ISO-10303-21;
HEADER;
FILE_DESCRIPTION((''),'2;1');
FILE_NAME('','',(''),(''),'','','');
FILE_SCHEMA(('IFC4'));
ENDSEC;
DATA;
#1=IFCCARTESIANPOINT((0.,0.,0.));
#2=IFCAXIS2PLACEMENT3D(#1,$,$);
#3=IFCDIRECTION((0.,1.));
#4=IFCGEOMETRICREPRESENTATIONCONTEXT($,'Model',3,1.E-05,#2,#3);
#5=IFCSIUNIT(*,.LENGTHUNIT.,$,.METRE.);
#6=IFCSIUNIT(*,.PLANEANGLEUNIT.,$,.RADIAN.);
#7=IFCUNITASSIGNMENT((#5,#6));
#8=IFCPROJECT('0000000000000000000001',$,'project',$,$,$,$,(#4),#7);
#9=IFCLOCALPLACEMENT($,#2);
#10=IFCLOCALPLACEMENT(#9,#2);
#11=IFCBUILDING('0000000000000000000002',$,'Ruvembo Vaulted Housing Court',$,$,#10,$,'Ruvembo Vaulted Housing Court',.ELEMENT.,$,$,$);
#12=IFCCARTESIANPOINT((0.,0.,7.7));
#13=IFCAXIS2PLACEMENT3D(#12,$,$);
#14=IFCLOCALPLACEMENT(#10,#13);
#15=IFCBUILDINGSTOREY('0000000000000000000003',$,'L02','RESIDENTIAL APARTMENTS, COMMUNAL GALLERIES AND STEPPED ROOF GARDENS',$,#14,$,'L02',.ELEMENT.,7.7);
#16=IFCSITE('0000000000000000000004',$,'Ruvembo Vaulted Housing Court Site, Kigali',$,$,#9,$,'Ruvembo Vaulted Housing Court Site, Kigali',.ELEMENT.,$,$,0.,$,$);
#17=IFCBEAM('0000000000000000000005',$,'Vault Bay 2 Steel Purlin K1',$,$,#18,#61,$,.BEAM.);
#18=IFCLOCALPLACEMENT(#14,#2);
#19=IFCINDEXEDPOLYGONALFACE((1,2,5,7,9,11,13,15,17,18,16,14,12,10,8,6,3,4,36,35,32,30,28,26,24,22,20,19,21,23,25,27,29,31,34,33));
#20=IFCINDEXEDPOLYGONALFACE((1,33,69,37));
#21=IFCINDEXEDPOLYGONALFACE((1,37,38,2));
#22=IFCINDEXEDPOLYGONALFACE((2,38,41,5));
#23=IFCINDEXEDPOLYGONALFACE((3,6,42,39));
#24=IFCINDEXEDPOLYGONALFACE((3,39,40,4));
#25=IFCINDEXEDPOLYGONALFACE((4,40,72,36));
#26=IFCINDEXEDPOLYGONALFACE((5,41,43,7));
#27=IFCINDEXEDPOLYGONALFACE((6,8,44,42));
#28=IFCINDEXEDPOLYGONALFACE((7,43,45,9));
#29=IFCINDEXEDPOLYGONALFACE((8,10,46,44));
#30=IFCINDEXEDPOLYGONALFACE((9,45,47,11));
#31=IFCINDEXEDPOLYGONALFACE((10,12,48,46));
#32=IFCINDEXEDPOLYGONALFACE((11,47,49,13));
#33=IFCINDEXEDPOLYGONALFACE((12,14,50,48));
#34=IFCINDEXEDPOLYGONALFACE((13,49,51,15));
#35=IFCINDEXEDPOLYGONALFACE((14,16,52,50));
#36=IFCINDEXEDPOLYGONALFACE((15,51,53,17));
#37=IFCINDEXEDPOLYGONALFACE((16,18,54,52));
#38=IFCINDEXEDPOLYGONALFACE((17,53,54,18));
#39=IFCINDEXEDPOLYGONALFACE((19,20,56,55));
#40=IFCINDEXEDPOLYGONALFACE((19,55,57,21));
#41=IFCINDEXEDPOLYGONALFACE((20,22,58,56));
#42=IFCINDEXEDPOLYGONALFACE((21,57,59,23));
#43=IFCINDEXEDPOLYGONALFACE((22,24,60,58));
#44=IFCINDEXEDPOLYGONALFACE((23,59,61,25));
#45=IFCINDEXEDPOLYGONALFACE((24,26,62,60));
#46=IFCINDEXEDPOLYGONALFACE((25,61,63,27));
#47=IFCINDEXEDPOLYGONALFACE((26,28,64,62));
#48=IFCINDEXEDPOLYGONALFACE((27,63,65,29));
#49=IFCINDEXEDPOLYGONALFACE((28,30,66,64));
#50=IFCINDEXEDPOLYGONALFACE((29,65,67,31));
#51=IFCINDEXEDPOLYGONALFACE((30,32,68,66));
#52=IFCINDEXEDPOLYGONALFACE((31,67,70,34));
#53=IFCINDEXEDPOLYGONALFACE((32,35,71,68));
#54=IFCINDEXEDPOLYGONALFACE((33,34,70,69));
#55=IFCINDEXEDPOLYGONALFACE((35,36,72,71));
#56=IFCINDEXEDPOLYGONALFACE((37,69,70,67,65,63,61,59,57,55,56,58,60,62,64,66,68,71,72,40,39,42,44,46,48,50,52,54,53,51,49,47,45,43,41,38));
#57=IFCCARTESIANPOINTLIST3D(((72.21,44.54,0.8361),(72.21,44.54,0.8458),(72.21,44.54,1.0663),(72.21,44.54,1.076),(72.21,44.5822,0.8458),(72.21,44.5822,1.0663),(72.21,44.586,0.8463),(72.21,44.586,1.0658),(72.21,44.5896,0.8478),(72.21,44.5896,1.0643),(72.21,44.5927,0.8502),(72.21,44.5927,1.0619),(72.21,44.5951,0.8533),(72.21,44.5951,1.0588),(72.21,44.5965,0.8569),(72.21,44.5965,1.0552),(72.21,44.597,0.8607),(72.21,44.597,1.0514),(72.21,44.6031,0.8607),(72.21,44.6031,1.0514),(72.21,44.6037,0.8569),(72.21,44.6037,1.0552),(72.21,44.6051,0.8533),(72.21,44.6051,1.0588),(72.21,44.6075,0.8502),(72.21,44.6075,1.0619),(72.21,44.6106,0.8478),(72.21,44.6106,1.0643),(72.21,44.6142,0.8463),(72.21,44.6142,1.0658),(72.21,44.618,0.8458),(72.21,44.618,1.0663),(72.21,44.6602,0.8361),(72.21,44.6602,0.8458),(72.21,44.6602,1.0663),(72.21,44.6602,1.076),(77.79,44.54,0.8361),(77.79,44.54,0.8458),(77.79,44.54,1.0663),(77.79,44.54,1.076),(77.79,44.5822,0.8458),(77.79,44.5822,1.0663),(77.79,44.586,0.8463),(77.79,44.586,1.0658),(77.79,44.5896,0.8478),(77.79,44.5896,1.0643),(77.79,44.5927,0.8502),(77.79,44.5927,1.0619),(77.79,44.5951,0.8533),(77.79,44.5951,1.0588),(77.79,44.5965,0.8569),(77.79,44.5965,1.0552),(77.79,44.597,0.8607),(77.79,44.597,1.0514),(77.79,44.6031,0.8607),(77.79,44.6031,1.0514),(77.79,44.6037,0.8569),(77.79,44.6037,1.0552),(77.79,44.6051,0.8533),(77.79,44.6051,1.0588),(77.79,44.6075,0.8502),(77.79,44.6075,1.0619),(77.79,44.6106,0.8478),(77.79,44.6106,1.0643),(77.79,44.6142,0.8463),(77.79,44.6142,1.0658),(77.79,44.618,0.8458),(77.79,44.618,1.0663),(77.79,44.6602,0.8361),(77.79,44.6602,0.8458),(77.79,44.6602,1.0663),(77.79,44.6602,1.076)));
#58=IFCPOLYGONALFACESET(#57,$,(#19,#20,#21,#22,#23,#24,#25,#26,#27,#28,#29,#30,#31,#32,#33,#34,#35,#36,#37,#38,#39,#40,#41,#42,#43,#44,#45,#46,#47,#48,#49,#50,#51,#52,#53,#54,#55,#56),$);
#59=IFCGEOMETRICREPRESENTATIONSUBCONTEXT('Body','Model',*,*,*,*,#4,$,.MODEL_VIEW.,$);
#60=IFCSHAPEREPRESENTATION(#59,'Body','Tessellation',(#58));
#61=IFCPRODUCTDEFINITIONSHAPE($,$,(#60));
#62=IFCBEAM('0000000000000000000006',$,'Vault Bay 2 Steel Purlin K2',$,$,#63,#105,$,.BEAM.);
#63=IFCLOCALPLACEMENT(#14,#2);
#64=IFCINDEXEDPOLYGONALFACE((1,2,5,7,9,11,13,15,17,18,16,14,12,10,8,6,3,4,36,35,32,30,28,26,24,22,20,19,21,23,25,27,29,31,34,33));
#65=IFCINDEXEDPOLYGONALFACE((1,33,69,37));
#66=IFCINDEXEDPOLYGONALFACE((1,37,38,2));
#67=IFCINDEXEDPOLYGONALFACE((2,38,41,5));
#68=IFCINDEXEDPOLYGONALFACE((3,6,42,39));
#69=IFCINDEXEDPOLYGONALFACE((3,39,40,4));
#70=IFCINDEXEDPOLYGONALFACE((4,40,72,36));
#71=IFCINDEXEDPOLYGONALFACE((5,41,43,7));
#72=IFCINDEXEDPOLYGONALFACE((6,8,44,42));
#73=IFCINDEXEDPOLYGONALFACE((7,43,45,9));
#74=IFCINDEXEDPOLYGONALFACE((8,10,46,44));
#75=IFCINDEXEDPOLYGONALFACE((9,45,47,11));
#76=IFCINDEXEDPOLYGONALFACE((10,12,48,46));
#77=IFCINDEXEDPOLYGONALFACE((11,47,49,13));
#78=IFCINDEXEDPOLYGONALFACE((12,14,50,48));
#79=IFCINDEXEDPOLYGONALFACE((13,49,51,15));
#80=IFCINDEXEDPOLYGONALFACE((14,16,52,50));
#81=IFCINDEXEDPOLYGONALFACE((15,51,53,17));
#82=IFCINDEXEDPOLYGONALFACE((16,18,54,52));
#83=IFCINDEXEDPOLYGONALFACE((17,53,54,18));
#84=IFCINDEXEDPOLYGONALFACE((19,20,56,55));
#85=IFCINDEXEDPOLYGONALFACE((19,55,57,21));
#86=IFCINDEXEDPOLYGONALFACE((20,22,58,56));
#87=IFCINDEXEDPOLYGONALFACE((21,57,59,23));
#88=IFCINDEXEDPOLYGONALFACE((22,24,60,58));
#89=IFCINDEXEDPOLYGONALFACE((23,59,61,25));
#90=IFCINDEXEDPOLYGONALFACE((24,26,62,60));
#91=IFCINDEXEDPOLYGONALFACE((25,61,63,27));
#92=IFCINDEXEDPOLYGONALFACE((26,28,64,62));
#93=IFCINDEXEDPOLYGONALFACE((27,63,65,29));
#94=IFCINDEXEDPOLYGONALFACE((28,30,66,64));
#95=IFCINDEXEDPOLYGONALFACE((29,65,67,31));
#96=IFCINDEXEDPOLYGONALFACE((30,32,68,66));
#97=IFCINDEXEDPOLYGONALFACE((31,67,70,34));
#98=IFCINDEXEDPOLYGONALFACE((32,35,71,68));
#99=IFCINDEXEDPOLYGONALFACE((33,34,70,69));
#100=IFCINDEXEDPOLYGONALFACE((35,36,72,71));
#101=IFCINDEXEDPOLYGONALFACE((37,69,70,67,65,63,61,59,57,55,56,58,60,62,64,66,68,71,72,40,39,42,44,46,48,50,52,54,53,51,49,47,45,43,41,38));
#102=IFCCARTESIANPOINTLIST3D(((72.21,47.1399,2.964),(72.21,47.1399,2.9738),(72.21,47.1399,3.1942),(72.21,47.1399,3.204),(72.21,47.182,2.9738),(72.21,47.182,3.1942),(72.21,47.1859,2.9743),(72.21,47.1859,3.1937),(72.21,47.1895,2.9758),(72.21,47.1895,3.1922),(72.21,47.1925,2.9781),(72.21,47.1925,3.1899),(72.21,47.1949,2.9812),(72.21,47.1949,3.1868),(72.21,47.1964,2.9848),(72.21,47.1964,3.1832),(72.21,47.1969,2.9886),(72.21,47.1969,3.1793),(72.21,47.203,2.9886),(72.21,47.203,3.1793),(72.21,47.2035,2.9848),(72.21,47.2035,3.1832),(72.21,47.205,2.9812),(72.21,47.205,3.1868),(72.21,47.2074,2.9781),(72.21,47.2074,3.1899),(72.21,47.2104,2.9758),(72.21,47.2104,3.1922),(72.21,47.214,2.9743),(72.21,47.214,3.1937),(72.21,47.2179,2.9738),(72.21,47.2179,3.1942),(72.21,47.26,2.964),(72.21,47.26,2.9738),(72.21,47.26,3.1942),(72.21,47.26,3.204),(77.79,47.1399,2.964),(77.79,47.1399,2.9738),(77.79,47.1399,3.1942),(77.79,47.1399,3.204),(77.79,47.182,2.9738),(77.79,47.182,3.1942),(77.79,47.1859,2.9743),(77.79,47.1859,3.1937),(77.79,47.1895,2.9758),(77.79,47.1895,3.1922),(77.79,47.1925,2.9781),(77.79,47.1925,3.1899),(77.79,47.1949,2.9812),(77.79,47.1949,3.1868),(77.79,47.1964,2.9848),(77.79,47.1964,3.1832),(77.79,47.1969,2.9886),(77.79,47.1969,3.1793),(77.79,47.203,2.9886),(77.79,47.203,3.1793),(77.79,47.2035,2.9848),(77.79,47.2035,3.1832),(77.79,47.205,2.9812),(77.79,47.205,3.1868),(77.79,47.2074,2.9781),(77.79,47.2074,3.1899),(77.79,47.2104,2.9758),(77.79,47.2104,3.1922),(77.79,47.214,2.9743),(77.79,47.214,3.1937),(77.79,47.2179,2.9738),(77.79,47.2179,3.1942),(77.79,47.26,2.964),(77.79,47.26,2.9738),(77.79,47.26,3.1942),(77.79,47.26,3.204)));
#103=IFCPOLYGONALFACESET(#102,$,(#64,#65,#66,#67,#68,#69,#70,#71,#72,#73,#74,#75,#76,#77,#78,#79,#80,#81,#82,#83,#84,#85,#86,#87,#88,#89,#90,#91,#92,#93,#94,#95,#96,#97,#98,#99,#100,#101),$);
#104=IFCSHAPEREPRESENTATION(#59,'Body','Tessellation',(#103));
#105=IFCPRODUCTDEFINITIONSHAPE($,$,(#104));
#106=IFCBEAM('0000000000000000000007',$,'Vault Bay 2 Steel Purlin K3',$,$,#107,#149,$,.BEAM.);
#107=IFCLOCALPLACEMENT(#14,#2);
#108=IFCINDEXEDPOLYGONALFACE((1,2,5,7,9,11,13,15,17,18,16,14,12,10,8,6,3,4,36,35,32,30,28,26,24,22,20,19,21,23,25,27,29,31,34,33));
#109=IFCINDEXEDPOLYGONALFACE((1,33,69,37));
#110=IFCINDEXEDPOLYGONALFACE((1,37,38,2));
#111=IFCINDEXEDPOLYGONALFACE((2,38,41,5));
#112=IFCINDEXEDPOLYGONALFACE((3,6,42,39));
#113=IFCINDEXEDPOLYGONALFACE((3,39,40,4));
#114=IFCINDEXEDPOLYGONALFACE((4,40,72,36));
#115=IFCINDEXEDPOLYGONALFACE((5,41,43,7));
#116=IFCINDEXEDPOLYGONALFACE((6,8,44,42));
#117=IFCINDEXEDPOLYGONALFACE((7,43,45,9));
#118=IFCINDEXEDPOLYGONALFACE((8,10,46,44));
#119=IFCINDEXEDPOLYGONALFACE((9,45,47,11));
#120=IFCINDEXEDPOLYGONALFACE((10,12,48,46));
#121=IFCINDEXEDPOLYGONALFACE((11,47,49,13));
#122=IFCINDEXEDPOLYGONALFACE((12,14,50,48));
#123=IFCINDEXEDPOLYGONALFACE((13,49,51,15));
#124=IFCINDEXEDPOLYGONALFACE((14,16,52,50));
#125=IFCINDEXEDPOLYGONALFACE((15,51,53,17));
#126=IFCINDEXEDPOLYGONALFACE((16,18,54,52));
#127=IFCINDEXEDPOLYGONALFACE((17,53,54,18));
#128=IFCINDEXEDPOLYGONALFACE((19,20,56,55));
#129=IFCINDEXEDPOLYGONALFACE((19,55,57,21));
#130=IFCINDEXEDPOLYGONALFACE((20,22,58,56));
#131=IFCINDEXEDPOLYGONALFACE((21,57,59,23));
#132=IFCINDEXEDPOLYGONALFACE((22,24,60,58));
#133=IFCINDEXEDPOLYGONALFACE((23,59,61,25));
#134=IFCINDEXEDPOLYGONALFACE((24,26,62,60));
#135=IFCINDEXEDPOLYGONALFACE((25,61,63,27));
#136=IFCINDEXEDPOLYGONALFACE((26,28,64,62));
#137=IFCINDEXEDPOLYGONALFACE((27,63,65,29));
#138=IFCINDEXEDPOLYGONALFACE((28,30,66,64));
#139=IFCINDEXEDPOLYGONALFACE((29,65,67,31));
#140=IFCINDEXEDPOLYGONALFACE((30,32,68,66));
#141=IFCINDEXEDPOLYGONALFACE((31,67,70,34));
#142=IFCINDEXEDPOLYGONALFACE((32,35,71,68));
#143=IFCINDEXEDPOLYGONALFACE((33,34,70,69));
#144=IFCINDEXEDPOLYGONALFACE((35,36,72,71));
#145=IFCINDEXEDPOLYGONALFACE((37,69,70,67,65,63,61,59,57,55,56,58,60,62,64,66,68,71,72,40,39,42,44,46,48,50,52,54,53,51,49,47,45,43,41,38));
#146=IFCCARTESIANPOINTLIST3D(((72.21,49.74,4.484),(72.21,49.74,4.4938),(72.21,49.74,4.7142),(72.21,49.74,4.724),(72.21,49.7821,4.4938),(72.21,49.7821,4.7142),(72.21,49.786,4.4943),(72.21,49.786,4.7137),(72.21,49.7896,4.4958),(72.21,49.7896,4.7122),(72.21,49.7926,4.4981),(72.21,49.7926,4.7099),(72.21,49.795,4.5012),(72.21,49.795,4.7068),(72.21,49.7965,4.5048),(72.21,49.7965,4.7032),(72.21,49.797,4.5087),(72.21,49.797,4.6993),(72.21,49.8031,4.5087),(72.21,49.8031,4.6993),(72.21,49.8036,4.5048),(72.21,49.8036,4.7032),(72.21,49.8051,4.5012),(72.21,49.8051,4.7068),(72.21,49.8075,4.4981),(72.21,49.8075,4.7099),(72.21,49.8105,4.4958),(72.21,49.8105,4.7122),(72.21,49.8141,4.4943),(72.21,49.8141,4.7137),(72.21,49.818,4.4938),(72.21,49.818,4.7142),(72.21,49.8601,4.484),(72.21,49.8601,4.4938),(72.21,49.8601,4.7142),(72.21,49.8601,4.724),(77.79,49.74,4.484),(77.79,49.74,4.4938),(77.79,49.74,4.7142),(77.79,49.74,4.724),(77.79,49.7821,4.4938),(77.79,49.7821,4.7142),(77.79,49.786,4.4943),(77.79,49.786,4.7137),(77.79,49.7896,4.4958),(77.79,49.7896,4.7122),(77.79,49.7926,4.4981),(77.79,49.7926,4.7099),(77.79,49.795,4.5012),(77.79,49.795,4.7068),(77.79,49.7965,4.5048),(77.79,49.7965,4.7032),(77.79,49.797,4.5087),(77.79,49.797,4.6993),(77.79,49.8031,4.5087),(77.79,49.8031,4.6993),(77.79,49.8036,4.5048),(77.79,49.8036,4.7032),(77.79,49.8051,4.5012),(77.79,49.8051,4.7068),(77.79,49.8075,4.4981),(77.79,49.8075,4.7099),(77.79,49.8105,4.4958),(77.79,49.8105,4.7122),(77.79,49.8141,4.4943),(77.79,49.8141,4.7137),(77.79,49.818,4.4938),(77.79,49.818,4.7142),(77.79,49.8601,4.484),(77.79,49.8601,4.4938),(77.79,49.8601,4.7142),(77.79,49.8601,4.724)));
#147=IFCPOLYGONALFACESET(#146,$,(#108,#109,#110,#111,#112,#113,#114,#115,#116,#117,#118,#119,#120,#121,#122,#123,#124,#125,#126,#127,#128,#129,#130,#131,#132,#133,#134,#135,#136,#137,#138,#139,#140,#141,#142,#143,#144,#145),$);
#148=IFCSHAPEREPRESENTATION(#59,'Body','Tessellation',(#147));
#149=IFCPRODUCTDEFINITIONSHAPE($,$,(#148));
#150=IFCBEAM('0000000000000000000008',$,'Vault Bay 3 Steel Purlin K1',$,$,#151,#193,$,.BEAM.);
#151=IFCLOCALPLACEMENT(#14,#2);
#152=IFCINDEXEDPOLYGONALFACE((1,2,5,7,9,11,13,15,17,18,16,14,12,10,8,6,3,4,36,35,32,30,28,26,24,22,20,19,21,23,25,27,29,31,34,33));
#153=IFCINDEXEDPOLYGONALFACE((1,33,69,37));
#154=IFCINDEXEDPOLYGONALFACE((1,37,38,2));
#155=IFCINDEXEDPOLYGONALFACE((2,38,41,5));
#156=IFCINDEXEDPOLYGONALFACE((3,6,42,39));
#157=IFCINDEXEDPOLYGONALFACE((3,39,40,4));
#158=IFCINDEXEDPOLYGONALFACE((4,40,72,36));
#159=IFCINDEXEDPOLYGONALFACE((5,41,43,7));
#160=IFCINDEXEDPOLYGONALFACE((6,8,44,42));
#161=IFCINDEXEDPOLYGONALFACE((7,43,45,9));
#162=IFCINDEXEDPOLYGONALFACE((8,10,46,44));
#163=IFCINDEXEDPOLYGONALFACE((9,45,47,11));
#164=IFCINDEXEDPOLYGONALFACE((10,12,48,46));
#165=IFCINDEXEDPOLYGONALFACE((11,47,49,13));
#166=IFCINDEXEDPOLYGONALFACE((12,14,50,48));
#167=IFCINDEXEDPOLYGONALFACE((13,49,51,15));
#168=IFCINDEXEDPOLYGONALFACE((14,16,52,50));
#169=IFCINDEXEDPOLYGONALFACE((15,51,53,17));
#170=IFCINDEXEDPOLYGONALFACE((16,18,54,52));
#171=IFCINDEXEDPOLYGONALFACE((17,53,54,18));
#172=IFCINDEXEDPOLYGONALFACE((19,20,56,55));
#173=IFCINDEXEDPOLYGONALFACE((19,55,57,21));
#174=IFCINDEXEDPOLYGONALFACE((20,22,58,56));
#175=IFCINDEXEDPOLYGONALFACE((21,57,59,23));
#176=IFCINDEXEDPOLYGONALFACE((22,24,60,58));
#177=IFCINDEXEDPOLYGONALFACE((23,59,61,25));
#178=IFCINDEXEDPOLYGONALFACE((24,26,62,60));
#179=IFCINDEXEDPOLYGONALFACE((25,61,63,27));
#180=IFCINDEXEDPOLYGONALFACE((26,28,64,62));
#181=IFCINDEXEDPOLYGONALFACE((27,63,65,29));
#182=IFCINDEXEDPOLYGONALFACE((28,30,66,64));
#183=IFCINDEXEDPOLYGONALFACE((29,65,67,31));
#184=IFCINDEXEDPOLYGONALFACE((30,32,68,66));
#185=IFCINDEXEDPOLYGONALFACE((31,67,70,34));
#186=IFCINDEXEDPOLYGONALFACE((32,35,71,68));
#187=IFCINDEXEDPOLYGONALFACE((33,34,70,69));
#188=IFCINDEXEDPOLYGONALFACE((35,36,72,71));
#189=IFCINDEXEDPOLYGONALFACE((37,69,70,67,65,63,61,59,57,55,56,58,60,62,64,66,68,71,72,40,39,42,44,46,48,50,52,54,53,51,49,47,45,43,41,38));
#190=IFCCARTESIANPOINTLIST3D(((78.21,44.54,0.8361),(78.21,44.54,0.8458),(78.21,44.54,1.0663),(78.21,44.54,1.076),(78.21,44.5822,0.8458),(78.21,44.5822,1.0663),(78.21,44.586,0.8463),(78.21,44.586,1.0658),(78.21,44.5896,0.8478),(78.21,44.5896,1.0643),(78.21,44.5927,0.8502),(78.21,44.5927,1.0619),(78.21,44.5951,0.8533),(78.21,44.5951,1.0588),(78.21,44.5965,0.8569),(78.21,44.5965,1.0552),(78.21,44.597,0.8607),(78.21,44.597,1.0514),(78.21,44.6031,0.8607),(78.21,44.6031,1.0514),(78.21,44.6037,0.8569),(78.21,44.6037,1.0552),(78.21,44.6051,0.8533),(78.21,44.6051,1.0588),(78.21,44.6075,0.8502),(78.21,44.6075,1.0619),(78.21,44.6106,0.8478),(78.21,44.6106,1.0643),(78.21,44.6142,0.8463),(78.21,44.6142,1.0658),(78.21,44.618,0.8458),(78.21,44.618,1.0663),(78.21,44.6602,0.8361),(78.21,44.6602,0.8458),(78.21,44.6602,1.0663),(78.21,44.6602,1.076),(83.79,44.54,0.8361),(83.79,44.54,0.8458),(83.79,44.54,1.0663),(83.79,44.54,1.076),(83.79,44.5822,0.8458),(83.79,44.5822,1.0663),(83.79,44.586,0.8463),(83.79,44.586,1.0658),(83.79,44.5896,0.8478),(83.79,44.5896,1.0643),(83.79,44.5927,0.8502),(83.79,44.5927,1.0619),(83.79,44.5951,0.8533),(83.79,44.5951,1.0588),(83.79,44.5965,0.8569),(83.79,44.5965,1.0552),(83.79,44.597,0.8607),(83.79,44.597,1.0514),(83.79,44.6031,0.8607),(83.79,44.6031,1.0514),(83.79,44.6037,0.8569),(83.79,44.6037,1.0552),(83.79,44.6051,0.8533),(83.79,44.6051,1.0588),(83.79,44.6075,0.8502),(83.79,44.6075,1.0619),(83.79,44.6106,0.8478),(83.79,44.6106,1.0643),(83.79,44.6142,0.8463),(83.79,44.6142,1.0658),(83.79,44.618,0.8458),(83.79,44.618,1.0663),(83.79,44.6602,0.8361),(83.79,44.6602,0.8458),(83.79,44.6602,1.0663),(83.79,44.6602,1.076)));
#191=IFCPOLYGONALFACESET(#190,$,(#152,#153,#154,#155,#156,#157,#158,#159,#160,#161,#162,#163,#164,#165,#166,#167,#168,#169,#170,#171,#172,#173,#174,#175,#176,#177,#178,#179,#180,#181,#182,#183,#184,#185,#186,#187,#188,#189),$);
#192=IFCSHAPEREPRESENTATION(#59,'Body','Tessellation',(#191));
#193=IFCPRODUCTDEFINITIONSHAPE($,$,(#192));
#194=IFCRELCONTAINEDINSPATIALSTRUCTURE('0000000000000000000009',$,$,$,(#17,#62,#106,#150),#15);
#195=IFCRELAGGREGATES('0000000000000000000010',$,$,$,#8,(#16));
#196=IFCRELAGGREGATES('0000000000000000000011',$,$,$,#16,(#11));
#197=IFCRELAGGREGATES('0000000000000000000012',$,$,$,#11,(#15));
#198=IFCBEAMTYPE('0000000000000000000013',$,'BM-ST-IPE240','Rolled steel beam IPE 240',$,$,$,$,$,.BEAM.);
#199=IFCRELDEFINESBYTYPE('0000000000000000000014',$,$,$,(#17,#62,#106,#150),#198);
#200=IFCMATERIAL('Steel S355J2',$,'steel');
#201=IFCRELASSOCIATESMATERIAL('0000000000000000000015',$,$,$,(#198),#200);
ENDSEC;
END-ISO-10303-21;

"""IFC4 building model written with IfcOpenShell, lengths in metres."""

from ifc_helpers import new_model, si_unit, direction, frame, origin, origin_2d, place, context, subcontext, project, spatial, i_section, extrude, material, material_profile, profile_set, type_object, element, save


model = new_model("IFC4")

# Units and contexts
model_context = context("Model", 3, precision=1e-05, world=origin(), true_north=direction((0.0, 1.0)))
body_context = subcontext(model_context, "Body", "Model", "MODEL_VIEW")
ifc_project = project(units=[si_unit("LENGTHUNIT", "METRE"), si_unit("PLANEANGLEUNIT", "RADIAN")], contexts=[model_context])

# Site, building, storey
site_placement = place(None, origin())
site = spatial("IfcSite", under=ifc_project, at=site_placement, Name="Ruvembo Vaulted Housing Court Site, Kigali", LongName="Ruvembo Vaulted Housing Court Site, Kigali", CompositionType="ELEMENT", RefElevation=0.0)
building_placement = place(site_placement, origin())
building = spatial("IfcBuilding", under=site, at=building_placement, Name="Ruvembo Vaulted Housing Court", LongName="Ruvembo Vaulted Housing Court", CompositionType="ELEMENT")
storey_placement = place(building_placement, frame((0.0, 0.0, 7.7)))
storey = spatial("IfcBuildingStorey", under=building, at=storey_placement, Name="L02", Description="RESIDENTIAL APARTMENTS, COMMUNAL GALLERIES AND STEPPED ROOF GARDENS", LongName="L02", CompositionType="ELEMENT", Elevation=7.7)

# Beams
ifc_material_1 = material(Name="Steel S355J2", Category="steel")
ifc_material_profile_1 = material_profile(ifc_material_1, i_section(OverallWidth=0.1201, OverallDepth=0.24, WebThickness=0.0061, FlangeThickness=0.0098, FilletRadius=0.0149, at=origin_2d()), Name="IPE 240")
ifc_profile_set_1 = profile_set([ifc_material_profile_1], Name="Steel S355J2")
beam_type_1 = type_object("IfcBeamType", Name="BM-ST-IPE240", Description="Rolled steel beam IPE 240", PredefinedType="BEAM", material=ifc_profile_set_1)
for number, where, z_axis, x_axis, name in (
    (1, (72.21, 44.6001, 0.9561), (1.0, 0.0, 0.0), (0.0, 1.0, 0.0), "Vault Bay 2 Steel Purlin K1"),
    (2, (72.21, 47.2, 3.084), (1.0, 0.0, 0.0), (0.0, 1.0, 0.0), "Vault Bay 2 Steel Purlin K2"),
    (3, (72.21, 49.8, 4.604), (1.0, 0.0, 0.0), (0.0, 1.0, 0.0), "Vault Bay 2 Steel Purlin K3"),
    (4, (78.21, 44.6001, 0.9561), (1.0, 0.0, 0.0), (0.0, 1.0, 0.0), "Vault Bay 3 Steel Purlin K1"),
):
    element("IfcBeam", number, at=place(storey_placement, frame(where, z_axis=z_axis, x_axis=x_axis)), inside=storey, type_object=beam_type_1, Name=name, PredefinedType="BEAM", context=body_context, shape_type="SweptSolid", body=[
        extrude(i_section(OverallWidth=0.1201, OverallDepth=0.24, WebThickness=0.0061, FlangeThickness=0.0098, FilletRadius=0.0149, at=origin_2d()), origin(), (0.0, 0.0, 1.0), 5.5801),
    ])

save(model, "model.ifc")
